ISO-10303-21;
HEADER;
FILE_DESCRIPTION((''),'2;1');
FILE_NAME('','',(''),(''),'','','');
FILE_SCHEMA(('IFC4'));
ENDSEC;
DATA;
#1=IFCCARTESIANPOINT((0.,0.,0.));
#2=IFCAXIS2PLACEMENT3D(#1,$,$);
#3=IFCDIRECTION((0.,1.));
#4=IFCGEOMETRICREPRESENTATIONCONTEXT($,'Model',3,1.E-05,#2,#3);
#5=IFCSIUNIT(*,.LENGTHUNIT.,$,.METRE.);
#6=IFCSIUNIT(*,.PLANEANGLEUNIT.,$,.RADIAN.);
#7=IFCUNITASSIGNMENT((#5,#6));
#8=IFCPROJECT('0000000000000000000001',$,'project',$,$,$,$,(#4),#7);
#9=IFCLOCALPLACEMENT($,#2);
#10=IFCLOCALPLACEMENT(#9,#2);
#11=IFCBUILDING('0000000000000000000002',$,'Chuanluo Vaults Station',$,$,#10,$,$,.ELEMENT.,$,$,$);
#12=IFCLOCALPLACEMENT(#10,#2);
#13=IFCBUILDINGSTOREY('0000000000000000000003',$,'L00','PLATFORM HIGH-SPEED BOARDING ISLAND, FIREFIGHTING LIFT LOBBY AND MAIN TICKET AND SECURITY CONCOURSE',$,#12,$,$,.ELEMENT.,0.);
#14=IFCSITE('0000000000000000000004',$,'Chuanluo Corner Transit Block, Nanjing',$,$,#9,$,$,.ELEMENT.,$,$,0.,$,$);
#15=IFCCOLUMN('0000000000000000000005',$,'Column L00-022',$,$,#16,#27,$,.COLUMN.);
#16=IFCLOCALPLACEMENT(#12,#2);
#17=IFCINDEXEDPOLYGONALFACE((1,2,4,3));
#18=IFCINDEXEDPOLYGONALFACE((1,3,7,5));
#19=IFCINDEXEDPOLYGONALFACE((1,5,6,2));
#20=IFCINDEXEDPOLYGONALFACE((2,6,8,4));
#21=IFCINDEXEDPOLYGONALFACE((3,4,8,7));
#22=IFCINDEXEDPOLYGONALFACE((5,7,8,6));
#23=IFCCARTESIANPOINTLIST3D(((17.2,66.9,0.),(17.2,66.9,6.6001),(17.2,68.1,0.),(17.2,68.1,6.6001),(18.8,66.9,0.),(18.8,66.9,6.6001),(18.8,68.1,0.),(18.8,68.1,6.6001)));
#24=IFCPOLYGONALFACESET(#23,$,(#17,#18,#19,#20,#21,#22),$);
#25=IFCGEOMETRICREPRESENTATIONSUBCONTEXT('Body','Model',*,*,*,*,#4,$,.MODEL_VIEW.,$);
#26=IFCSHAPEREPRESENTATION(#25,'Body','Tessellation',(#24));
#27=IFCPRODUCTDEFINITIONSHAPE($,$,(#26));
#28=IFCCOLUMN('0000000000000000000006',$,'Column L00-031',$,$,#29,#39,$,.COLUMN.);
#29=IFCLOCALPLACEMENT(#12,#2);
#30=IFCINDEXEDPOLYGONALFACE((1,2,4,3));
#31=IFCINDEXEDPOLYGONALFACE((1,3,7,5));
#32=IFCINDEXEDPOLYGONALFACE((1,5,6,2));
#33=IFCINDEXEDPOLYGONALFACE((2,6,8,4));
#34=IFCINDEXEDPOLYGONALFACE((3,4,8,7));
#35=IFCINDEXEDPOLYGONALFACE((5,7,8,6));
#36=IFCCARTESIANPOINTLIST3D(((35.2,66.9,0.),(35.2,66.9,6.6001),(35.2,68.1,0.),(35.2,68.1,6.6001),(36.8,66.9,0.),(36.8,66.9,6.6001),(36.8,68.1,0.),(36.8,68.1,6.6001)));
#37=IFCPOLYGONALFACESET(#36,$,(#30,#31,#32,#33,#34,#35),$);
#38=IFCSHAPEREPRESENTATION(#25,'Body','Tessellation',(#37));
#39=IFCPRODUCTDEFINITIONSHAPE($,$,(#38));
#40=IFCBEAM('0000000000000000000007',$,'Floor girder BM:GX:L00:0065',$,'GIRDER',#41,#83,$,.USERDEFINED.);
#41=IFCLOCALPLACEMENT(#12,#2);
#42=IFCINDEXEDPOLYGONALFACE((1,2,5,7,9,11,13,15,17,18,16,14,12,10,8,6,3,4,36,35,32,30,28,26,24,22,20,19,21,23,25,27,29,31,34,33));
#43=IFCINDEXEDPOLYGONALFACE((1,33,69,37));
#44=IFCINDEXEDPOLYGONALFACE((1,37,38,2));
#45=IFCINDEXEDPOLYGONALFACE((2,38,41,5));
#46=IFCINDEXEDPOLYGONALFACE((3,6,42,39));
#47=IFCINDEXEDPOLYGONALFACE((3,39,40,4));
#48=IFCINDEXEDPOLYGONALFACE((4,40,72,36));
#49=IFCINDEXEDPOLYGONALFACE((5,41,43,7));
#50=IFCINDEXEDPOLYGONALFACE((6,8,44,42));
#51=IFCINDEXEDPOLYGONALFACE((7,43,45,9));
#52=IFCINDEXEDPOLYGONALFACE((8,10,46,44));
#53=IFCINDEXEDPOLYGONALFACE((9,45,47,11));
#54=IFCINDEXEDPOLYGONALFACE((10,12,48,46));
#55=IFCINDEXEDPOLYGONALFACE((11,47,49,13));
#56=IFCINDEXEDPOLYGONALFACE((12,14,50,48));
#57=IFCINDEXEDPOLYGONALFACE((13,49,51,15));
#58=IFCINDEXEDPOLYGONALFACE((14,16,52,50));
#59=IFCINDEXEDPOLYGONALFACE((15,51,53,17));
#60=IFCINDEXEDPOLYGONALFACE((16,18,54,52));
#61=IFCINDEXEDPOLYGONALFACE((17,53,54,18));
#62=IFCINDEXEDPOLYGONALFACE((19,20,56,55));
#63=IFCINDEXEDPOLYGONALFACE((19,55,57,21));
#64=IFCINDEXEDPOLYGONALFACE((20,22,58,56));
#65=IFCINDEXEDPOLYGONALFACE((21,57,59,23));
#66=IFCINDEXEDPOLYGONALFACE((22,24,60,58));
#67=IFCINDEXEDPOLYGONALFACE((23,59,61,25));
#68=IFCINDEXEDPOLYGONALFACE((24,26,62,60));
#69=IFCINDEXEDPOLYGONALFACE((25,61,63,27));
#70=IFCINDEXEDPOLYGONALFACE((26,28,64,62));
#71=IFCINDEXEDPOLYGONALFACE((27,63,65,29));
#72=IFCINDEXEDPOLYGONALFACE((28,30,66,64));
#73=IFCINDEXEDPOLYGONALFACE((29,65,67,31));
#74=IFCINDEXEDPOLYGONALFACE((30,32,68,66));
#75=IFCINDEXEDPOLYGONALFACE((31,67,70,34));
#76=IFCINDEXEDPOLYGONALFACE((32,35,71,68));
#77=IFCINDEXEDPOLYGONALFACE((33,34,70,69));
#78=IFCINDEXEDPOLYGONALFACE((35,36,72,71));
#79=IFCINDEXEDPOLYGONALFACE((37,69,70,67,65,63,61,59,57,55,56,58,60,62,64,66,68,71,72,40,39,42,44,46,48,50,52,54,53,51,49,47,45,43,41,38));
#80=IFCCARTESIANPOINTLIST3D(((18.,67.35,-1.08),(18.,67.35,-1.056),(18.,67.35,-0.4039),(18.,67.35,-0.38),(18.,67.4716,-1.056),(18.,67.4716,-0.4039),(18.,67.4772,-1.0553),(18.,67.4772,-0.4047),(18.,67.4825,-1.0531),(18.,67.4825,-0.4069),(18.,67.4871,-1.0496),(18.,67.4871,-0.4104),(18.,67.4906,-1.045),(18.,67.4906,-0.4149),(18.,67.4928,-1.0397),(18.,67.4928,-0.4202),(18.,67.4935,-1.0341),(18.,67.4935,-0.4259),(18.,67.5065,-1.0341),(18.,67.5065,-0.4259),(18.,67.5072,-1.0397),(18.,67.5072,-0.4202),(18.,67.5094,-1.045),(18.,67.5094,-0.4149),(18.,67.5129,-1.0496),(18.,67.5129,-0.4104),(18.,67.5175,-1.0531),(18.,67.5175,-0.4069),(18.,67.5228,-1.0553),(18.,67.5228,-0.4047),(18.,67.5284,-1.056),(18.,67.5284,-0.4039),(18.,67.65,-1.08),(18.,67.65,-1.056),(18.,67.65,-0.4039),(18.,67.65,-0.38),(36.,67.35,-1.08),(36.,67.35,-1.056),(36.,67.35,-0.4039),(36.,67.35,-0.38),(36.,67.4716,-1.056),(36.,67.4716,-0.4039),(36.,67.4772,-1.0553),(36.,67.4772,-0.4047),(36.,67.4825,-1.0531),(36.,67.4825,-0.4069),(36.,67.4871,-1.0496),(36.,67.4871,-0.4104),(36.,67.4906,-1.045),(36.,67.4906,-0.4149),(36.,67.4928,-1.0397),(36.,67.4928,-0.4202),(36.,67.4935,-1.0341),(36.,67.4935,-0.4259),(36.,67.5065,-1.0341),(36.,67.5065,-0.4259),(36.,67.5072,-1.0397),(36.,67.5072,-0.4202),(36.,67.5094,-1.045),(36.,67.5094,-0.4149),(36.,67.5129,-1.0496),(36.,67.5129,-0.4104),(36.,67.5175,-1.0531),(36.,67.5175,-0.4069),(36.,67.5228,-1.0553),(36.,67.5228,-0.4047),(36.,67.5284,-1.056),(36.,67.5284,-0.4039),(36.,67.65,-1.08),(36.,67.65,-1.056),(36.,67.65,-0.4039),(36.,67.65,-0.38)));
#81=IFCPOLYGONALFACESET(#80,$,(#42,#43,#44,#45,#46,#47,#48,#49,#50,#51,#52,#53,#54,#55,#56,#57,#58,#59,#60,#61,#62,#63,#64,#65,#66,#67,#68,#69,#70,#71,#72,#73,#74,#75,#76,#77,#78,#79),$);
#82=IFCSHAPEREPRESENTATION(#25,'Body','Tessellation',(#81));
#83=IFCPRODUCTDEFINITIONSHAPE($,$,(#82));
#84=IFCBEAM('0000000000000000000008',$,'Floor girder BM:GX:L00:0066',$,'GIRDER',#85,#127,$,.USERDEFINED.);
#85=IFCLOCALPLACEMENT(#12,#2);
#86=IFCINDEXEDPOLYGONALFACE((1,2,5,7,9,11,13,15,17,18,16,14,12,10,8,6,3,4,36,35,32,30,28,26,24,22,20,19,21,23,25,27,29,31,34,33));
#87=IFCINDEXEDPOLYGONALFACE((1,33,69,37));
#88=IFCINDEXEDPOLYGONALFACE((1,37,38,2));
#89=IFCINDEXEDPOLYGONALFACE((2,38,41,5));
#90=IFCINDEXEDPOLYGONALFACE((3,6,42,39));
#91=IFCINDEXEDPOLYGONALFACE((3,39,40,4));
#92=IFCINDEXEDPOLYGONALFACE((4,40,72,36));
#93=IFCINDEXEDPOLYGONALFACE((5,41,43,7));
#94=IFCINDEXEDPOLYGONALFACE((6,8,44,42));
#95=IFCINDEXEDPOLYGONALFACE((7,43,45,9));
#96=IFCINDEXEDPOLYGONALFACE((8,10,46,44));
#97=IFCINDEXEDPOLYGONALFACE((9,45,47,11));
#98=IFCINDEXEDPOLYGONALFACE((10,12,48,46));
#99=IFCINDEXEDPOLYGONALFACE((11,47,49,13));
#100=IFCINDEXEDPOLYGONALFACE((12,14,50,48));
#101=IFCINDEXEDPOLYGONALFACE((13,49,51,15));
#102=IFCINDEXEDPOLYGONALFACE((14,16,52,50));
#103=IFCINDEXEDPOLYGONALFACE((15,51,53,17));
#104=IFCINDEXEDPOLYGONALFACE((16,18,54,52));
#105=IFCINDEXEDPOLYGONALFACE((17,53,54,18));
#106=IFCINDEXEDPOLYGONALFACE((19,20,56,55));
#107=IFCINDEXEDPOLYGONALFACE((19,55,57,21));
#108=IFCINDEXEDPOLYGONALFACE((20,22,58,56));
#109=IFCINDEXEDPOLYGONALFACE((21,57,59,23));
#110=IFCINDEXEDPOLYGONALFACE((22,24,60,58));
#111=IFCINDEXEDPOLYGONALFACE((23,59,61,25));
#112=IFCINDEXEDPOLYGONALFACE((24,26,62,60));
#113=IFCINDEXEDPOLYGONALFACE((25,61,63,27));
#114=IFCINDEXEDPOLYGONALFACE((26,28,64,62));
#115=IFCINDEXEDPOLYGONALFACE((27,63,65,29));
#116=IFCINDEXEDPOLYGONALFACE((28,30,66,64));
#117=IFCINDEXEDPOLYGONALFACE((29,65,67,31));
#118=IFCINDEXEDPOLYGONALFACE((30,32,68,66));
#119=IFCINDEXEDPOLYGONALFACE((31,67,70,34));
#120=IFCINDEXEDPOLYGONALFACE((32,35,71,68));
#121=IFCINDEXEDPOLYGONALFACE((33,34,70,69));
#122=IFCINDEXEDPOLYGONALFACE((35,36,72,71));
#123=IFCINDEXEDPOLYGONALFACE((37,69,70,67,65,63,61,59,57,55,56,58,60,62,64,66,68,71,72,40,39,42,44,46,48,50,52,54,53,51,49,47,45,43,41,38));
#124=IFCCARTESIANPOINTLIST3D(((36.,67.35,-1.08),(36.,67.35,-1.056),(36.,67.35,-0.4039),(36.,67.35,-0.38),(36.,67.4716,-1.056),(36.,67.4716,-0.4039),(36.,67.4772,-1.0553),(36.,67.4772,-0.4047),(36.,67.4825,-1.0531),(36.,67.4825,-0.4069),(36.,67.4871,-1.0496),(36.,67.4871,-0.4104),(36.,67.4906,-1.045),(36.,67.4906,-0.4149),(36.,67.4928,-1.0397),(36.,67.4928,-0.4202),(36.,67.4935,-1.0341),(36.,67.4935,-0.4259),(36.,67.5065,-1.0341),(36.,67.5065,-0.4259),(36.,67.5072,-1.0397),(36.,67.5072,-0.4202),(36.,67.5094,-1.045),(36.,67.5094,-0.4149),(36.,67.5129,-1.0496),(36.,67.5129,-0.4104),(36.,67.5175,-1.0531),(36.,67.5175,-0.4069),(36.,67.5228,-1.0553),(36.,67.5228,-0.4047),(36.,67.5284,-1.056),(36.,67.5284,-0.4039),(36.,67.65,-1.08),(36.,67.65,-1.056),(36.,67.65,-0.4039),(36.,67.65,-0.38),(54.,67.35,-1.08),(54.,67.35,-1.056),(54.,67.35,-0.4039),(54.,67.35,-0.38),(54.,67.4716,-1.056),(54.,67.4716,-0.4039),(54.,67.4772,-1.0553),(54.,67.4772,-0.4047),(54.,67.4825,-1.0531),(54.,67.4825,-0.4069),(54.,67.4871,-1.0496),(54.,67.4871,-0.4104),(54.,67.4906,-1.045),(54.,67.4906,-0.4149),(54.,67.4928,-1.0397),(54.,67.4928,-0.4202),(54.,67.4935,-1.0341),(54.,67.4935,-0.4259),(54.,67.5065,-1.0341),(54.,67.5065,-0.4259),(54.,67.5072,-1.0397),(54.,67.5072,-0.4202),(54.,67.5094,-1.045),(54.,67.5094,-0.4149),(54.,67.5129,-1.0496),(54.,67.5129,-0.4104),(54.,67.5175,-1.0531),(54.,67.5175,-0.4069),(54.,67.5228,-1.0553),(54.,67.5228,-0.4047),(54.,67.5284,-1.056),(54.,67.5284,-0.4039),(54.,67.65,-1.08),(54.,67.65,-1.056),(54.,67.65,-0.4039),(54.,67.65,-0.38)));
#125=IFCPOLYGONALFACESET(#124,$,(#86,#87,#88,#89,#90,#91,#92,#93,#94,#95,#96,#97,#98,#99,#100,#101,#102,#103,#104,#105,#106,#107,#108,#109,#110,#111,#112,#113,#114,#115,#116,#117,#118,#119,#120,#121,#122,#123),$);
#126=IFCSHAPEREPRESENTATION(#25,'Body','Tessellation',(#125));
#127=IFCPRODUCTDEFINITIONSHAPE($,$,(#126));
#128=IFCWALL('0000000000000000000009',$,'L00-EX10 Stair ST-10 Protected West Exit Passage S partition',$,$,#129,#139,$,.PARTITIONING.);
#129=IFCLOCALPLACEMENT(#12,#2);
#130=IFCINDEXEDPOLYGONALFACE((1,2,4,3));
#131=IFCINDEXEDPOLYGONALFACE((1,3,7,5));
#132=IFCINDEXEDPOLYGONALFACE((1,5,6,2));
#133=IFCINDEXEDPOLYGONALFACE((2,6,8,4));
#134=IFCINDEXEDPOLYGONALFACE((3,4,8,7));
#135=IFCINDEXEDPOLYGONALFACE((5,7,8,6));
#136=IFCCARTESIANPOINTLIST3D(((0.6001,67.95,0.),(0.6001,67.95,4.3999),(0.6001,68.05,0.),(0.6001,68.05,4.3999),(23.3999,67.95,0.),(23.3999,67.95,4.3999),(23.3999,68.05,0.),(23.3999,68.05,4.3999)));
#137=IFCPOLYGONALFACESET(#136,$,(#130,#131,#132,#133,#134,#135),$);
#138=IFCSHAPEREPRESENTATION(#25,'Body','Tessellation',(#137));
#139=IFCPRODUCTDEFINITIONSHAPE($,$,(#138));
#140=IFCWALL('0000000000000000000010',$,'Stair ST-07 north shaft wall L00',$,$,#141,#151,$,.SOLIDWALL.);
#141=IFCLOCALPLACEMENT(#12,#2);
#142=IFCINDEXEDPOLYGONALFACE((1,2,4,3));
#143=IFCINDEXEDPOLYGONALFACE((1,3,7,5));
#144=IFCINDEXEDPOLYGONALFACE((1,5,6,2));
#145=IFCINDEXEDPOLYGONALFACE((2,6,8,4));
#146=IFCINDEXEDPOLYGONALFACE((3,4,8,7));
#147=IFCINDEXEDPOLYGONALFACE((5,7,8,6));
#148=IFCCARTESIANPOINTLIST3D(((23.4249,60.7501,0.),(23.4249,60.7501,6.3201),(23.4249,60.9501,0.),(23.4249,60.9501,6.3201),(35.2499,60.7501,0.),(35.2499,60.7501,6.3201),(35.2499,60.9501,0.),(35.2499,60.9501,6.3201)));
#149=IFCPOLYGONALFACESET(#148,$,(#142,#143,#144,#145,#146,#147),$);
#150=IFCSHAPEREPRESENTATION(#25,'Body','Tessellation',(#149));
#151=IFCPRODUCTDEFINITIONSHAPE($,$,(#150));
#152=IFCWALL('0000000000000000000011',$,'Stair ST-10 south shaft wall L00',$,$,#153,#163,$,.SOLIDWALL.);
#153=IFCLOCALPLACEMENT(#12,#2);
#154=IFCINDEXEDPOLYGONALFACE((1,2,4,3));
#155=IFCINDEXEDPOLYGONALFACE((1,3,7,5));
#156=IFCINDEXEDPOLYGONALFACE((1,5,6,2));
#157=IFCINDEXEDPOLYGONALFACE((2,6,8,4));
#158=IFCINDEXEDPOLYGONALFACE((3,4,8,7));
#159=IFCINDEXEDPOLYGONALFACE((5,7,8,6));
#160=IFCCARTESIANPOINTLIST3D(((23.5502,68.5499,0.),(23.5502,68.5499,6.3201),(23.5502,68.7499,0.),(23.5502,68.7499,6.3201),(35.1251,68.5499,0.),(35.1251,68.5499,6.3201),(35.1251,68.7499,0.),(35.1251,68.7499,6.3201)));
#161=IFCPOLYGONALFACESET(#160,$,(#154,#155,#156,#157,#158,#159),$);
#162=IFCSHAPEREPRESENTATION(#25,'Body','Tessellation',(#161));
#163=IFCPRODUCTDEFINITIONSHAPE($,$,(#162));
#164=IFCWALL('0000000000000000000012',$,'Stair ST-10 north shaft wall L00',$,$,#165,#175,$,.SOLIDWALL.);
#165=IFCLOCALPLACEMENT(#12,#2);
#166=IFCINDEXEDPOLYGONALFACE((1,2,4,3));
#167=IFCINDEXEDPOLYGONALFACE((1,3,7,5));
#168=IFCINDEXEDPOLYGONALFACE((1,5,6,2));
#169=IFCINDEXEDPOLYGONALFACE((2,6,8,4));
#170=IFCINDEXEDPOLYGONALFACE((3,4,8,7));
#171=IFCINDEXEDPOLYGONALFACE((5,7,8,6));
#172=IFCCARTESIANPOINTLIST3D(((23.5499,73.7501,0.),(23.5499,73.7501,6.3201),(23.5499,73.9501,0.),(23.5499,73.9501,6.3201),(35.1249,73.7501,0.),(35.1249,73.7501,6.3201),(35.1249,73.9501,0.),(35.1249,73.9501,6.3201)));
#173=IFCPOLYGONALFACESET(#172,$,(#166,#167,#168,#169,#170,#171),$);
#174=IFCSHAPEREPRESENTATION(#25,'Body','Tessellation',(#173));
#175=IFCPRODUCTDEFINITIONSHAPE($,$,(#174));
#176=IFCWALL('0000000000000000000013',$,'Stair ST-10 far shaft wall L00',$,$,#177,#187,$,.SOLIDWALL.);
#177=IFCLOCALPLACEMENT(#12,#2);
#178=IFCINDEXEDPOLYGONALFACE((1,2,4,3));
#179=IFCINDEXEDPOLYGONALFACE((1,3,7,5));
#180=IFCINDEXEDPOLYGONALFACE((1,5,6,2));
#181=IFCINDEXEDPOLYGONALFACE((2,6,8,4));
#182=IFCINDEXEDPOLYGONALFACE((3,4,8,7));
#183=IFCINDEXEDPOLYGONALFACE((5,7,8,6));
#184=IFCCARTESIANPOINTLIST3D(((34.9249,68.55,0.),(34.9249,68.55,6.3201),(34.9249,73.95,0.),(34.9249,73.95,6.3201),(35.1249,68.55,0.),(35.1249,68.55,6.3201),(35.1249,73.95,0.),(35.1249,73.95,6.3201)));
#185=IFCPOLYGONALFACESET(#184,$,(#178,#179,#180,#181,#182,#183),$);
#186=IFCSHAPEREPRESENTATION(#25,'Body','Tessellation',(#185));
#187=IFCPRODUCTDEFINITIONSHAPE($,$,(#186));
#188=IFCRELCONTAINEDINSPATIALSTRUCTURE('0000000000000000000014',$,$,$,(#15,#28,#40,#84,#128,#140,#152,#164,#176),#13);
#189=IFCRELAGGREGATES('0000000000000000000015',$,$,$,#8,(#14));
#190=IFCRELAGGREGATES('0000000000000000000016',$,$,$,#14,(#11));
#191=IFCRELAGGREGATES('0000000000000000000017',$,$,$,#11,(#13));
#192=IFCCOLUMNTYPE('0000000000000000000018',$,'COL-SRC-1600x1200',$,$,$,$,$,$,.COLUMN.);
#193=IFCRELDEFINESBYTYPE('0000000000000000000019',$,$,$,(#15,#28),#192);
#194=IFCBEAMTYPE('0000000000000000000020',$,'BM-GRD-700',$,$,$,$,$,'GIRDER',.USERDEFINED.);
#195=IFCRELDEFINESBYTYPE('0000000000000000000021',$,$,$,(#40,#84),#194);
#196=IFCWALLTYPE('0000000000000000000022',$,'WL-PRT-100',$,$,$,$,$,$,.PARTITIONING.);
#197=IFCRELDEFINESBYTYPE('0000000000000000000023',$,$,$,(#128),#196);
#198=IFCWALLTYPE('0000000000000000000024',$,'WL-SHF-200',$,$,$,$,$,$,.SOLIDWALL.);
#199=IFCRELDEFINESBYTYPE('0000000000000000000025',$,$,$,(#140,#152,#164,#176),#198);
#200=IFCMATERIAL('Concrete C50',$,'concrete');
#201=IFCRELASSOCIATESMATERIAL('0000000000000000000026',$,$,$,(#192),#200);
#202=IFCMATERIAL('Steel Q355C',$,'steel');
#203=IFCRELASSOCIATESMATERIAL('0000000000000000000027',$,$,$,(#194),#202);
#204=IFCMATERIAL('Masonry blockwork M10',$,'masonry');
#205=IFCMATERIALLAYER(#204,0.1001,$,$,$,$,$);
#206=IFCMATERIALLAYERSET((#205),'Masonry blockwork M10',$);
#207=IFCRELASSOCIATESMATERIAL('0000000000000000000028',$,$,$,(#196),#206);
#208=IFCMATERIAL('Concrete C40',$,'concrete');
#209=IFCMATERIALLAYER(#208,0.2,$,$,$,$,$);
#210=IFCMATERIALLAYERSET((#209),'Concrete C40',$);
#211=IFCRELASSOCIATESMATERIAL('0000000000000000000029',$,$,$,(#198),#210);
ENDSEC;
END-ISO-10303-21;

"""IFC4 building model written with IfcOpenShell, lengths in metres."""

from ifc_helpers import new_model, si_unit, direction, frame, frame_2d, origin, origin_2d, place, context, subcontext, project, spatial, rectangle, i_section, extrude, material, layer, layer_set, material_profile, profile_set, type_object, element, save


model = new_model("IFC4")

# Units and contexts
model_context = context("Model", 3, precision=1e-05, world=origin(), true_north=direction((0.0, 1.0)))
body_context = subcontext(model_context, "Body", "Model", "MODEL_VIEW")
ifc_project = project(units=[si_unit("LENGTHUNIT", "METRE"), si_unit("PLANEANGLEUNIT", "RADIAN")], contexts=[model_context])

# Site, building, storey
site_placement = place(None, origin())
site = spatial("IfcSite", under=ifc_project, at=site_placement, Name="Chuanluo Corner Transit Block, Nanjing", CompositionType="ELEMENT", RefElevation=0.0)
building_placement = place(site_placement, origin())
building = spatial("IfcBuilding", under=site, at=building_placement, Name="Chuanluo Vaults Station", CompositionType="ELEMENT")
storey_placement = place(building_placement, origin())
storey = spatial("IfcBuildingStorey", under=building, at=storey_placement, Name="L00", Description="PLATFORM HIGH-SPEED BOARDING ISLAND, FIREFIGHTING LIFT LOBBY AND MAIN TICKET AND SECURITY CONCOURSE", CompositionType="ELEMENT", Elevation=0.0)

# Columns
ifc_material_1 = material(Name="Concrete C50", Category="concrete")
ifc_material_profile_1 = material_profile(ifc_material_1, rectangle(XDim=1.6001, YDim=1.2, at=origin_2d()))
ifc_profile_set_1 = profile_set([ifc_material_profile_1], Name="Concrete C50")
column_type = type_object("IfcColumnType", Name="COL-SRC-1600x1200", PredefinedType="COLUMN", material=ifc_profile_set_1)
for number, where, z_axis, x_axis, name in (
    (1, (18.0, 67.5, 0.0), (0.0, 0.0, 1.0), (1.0, 0.0, 0.0), "Column L00-022"),
    (2, (36.0, 67.5, 0.0), (0.0, 0.0, 1.0), (1.0, 0.0, 0.0), "Column L00-031"),
):
    element("IfcColumn", number, at=place(storey_placement, frame(where, z_axis=z_axis, x_axis=x_axis)), inside=storey, type_object=column_type, Name=name, PredefinedType="COLUMN", context=body_context, shape_type="SweptSolid", body=[
        extrude(rectangle(XDim=1.6001, YDim=1.2, at=origin_2d()), origin(), (0.0, 0.0, 1.0), 6.6001),
    ])

# Beams
ifc_material_2 = material(Name="Steel Q355C", Category="steel")
ifc_material_profile_2 = material_profile(ifc_material_2, i_section(OverallWidth=0.3, OverallDepth=0.7, WebThickness=0.0129, FlangeThickness=0.0239, FilletRadius=0.022, at=origin_2d()))
ifc_profile_set_2 = profile_set([ifc_material_profile_2], Name="Steel Q355C")
beam_type = type_object("IfcBeamType", Name="BM-GRD-700", ElementType="GIRDER", PredefinedType="USERDEFINED", material=ifc_profile_set_2)
for number, where, z_axis, x_axis, name in (
    (3, (18.0, 67.5, -0.73), (1.0, 0.0, 0.0), (0.0, 1.0, 0.0), "Floor girder BM:GX:L00:0065"),
    (4, (36.0, 67.5, -0.73), (1.0, 0.0, 0.0), (0.0, 1.0, 0.0), "Floor girder BM:GX:L00:0066"),
):
    element("IfcBeam", number, at=place(storey_placement, frame(where, z_axis=z_axis, x_axis=x_axis)), inside=storey, type_object=beam_type, Name=name, ObjectType="GIRDER", PredefinedType="USERDEFINED", context=body_context, shape_type="SweptSolid", body=[
        extrude(i_section(OverallWidth=0.3, OverallDepth=0.7, WebThickness=0.0129, FlangeThickness=0.0239, FilletRadius=0.022, at=origin_2d()), origin(), (0.0, 0.0, 1.0), 18.0),
    ])

# Walls
ifc_material_3 = material(Name="Masonry blockwork M10", Category="masonry")
ifc_layer_1 = layer(ifc_material_3, 0.1001)
ifc_layer_set_1 = layer_set([ifc_layer_1], Name="Masonry blockwork M10")
wall_type_1 = type_object("IfcWallType", Name="WL-PRT-100", PredefinedType="PARTITIONING", material=ifc_layer_set_1)
wall_1_placement = place(storey_placement, frame((23.3999, 68.0, 0.0), z_axis=(0.0, 0.0, 1.0), x_axis=(-1.0, 0.0, 0.0)))
element("IfcWall", 5, at=wall_1_placement, inside=storey, type_object=wall_type_1, Name="L00-EX10 Stair ST-10 Protected West Exit Passage S partition", PredefinedType="PARTITIONING", context=body_context, shape_type="SweptSolid", body=[
    extrude(rectangle(XDim=22.7998, YDim=0.1001, at=frame_2d((11.3999, 0.0))), origin(), (0.0, 0.0, 1.0), 4.3999),
])
ifc_material_4 = material(Name="Concrete C40", Category="concrete")
ifc_layer_2 = layer(ifc_material_4, 0.2)
ifc_layer_set_2 = layer_set([ifc_layer_2], Name="Concrete C40")
wall_type_2 = type_object("IfcWallType", Name="WL-SHF-200", PredefinedType="SOLIDWALL", material=ifc_layer_set_2)
wall_2_placement = place(storey_placement, frame((35.25, 60.8501, 0.0), z_axis=(0.0, 0.0, 1.0), x_axis=(-1.0, 0.0, 0.0)))
element("IfcWall", 6, at=wall_2_placement, inside=storey, type_object=wall_type_2, Name="Stair ST-07 north shaft wall L00", PredefinedType="SOLIDWALL", context=body_context, shape_type="SweptSolid", body=[
    extrude(rectangle(XDim=11.825, YDim=0.2, at=frame_2d((5.9126, 0.0))), origin(), (0.0, 0.0, 1.0), 6.3201),
])

# Walls
for number, where, z_axis, x_axis, name in (
    (7, (23.55, 68.6499, 0.0), (0.0, 0.0, 1.0), (1.0, 0.0, 0.0), "Stair ST-10 south shaft wall L00"),
    (8, (35.125, 73.8501, 0.0), (0.0, 0.0, 1.0), (-1.0, 0.0, 0.0), "Stair ST-10 north shaft wall L00"),
):
    element("IfcWall", number, at=place(storey_placement, frame(where, z_axis=z_axis, x_axis=x_axis)), inside=storey, type_object=wall_type_2, Name=name, PredefinedType="SOLIDWALL", context=body_context, shape_type="SweptSolid", body=[
        extrude(rectangle(XDim=11.575, YDim=0.2, at=frame_2d((5.7876, 0.0))), origin(), (0.0, 0.0, 1.0), 6.3201),
    ])
wall_3_placement = place(storey_placement, frame((35.0249, 68.55, 0.0), z_axis=(0.0, 0.0, 1.0), x_axis=(0.0, 1.0, 0.0)))
element("IfcWall", 9, at=wall_3_placement, inside=storey, type_object=wall_type_2, Name="Stair ST-10 far shaft wall L00", PredefinedType="SOLIDWALL", context=body_context, shape_type="SweptSolid", body=[
    extrude(rectangle(XDim=5.3999, YDim=0.2, at=frame_2d((2.7, 0.0))), origin(), (0.0, 0.0, 1.0), 6.3201),
])

save(model, "model.ifc")
